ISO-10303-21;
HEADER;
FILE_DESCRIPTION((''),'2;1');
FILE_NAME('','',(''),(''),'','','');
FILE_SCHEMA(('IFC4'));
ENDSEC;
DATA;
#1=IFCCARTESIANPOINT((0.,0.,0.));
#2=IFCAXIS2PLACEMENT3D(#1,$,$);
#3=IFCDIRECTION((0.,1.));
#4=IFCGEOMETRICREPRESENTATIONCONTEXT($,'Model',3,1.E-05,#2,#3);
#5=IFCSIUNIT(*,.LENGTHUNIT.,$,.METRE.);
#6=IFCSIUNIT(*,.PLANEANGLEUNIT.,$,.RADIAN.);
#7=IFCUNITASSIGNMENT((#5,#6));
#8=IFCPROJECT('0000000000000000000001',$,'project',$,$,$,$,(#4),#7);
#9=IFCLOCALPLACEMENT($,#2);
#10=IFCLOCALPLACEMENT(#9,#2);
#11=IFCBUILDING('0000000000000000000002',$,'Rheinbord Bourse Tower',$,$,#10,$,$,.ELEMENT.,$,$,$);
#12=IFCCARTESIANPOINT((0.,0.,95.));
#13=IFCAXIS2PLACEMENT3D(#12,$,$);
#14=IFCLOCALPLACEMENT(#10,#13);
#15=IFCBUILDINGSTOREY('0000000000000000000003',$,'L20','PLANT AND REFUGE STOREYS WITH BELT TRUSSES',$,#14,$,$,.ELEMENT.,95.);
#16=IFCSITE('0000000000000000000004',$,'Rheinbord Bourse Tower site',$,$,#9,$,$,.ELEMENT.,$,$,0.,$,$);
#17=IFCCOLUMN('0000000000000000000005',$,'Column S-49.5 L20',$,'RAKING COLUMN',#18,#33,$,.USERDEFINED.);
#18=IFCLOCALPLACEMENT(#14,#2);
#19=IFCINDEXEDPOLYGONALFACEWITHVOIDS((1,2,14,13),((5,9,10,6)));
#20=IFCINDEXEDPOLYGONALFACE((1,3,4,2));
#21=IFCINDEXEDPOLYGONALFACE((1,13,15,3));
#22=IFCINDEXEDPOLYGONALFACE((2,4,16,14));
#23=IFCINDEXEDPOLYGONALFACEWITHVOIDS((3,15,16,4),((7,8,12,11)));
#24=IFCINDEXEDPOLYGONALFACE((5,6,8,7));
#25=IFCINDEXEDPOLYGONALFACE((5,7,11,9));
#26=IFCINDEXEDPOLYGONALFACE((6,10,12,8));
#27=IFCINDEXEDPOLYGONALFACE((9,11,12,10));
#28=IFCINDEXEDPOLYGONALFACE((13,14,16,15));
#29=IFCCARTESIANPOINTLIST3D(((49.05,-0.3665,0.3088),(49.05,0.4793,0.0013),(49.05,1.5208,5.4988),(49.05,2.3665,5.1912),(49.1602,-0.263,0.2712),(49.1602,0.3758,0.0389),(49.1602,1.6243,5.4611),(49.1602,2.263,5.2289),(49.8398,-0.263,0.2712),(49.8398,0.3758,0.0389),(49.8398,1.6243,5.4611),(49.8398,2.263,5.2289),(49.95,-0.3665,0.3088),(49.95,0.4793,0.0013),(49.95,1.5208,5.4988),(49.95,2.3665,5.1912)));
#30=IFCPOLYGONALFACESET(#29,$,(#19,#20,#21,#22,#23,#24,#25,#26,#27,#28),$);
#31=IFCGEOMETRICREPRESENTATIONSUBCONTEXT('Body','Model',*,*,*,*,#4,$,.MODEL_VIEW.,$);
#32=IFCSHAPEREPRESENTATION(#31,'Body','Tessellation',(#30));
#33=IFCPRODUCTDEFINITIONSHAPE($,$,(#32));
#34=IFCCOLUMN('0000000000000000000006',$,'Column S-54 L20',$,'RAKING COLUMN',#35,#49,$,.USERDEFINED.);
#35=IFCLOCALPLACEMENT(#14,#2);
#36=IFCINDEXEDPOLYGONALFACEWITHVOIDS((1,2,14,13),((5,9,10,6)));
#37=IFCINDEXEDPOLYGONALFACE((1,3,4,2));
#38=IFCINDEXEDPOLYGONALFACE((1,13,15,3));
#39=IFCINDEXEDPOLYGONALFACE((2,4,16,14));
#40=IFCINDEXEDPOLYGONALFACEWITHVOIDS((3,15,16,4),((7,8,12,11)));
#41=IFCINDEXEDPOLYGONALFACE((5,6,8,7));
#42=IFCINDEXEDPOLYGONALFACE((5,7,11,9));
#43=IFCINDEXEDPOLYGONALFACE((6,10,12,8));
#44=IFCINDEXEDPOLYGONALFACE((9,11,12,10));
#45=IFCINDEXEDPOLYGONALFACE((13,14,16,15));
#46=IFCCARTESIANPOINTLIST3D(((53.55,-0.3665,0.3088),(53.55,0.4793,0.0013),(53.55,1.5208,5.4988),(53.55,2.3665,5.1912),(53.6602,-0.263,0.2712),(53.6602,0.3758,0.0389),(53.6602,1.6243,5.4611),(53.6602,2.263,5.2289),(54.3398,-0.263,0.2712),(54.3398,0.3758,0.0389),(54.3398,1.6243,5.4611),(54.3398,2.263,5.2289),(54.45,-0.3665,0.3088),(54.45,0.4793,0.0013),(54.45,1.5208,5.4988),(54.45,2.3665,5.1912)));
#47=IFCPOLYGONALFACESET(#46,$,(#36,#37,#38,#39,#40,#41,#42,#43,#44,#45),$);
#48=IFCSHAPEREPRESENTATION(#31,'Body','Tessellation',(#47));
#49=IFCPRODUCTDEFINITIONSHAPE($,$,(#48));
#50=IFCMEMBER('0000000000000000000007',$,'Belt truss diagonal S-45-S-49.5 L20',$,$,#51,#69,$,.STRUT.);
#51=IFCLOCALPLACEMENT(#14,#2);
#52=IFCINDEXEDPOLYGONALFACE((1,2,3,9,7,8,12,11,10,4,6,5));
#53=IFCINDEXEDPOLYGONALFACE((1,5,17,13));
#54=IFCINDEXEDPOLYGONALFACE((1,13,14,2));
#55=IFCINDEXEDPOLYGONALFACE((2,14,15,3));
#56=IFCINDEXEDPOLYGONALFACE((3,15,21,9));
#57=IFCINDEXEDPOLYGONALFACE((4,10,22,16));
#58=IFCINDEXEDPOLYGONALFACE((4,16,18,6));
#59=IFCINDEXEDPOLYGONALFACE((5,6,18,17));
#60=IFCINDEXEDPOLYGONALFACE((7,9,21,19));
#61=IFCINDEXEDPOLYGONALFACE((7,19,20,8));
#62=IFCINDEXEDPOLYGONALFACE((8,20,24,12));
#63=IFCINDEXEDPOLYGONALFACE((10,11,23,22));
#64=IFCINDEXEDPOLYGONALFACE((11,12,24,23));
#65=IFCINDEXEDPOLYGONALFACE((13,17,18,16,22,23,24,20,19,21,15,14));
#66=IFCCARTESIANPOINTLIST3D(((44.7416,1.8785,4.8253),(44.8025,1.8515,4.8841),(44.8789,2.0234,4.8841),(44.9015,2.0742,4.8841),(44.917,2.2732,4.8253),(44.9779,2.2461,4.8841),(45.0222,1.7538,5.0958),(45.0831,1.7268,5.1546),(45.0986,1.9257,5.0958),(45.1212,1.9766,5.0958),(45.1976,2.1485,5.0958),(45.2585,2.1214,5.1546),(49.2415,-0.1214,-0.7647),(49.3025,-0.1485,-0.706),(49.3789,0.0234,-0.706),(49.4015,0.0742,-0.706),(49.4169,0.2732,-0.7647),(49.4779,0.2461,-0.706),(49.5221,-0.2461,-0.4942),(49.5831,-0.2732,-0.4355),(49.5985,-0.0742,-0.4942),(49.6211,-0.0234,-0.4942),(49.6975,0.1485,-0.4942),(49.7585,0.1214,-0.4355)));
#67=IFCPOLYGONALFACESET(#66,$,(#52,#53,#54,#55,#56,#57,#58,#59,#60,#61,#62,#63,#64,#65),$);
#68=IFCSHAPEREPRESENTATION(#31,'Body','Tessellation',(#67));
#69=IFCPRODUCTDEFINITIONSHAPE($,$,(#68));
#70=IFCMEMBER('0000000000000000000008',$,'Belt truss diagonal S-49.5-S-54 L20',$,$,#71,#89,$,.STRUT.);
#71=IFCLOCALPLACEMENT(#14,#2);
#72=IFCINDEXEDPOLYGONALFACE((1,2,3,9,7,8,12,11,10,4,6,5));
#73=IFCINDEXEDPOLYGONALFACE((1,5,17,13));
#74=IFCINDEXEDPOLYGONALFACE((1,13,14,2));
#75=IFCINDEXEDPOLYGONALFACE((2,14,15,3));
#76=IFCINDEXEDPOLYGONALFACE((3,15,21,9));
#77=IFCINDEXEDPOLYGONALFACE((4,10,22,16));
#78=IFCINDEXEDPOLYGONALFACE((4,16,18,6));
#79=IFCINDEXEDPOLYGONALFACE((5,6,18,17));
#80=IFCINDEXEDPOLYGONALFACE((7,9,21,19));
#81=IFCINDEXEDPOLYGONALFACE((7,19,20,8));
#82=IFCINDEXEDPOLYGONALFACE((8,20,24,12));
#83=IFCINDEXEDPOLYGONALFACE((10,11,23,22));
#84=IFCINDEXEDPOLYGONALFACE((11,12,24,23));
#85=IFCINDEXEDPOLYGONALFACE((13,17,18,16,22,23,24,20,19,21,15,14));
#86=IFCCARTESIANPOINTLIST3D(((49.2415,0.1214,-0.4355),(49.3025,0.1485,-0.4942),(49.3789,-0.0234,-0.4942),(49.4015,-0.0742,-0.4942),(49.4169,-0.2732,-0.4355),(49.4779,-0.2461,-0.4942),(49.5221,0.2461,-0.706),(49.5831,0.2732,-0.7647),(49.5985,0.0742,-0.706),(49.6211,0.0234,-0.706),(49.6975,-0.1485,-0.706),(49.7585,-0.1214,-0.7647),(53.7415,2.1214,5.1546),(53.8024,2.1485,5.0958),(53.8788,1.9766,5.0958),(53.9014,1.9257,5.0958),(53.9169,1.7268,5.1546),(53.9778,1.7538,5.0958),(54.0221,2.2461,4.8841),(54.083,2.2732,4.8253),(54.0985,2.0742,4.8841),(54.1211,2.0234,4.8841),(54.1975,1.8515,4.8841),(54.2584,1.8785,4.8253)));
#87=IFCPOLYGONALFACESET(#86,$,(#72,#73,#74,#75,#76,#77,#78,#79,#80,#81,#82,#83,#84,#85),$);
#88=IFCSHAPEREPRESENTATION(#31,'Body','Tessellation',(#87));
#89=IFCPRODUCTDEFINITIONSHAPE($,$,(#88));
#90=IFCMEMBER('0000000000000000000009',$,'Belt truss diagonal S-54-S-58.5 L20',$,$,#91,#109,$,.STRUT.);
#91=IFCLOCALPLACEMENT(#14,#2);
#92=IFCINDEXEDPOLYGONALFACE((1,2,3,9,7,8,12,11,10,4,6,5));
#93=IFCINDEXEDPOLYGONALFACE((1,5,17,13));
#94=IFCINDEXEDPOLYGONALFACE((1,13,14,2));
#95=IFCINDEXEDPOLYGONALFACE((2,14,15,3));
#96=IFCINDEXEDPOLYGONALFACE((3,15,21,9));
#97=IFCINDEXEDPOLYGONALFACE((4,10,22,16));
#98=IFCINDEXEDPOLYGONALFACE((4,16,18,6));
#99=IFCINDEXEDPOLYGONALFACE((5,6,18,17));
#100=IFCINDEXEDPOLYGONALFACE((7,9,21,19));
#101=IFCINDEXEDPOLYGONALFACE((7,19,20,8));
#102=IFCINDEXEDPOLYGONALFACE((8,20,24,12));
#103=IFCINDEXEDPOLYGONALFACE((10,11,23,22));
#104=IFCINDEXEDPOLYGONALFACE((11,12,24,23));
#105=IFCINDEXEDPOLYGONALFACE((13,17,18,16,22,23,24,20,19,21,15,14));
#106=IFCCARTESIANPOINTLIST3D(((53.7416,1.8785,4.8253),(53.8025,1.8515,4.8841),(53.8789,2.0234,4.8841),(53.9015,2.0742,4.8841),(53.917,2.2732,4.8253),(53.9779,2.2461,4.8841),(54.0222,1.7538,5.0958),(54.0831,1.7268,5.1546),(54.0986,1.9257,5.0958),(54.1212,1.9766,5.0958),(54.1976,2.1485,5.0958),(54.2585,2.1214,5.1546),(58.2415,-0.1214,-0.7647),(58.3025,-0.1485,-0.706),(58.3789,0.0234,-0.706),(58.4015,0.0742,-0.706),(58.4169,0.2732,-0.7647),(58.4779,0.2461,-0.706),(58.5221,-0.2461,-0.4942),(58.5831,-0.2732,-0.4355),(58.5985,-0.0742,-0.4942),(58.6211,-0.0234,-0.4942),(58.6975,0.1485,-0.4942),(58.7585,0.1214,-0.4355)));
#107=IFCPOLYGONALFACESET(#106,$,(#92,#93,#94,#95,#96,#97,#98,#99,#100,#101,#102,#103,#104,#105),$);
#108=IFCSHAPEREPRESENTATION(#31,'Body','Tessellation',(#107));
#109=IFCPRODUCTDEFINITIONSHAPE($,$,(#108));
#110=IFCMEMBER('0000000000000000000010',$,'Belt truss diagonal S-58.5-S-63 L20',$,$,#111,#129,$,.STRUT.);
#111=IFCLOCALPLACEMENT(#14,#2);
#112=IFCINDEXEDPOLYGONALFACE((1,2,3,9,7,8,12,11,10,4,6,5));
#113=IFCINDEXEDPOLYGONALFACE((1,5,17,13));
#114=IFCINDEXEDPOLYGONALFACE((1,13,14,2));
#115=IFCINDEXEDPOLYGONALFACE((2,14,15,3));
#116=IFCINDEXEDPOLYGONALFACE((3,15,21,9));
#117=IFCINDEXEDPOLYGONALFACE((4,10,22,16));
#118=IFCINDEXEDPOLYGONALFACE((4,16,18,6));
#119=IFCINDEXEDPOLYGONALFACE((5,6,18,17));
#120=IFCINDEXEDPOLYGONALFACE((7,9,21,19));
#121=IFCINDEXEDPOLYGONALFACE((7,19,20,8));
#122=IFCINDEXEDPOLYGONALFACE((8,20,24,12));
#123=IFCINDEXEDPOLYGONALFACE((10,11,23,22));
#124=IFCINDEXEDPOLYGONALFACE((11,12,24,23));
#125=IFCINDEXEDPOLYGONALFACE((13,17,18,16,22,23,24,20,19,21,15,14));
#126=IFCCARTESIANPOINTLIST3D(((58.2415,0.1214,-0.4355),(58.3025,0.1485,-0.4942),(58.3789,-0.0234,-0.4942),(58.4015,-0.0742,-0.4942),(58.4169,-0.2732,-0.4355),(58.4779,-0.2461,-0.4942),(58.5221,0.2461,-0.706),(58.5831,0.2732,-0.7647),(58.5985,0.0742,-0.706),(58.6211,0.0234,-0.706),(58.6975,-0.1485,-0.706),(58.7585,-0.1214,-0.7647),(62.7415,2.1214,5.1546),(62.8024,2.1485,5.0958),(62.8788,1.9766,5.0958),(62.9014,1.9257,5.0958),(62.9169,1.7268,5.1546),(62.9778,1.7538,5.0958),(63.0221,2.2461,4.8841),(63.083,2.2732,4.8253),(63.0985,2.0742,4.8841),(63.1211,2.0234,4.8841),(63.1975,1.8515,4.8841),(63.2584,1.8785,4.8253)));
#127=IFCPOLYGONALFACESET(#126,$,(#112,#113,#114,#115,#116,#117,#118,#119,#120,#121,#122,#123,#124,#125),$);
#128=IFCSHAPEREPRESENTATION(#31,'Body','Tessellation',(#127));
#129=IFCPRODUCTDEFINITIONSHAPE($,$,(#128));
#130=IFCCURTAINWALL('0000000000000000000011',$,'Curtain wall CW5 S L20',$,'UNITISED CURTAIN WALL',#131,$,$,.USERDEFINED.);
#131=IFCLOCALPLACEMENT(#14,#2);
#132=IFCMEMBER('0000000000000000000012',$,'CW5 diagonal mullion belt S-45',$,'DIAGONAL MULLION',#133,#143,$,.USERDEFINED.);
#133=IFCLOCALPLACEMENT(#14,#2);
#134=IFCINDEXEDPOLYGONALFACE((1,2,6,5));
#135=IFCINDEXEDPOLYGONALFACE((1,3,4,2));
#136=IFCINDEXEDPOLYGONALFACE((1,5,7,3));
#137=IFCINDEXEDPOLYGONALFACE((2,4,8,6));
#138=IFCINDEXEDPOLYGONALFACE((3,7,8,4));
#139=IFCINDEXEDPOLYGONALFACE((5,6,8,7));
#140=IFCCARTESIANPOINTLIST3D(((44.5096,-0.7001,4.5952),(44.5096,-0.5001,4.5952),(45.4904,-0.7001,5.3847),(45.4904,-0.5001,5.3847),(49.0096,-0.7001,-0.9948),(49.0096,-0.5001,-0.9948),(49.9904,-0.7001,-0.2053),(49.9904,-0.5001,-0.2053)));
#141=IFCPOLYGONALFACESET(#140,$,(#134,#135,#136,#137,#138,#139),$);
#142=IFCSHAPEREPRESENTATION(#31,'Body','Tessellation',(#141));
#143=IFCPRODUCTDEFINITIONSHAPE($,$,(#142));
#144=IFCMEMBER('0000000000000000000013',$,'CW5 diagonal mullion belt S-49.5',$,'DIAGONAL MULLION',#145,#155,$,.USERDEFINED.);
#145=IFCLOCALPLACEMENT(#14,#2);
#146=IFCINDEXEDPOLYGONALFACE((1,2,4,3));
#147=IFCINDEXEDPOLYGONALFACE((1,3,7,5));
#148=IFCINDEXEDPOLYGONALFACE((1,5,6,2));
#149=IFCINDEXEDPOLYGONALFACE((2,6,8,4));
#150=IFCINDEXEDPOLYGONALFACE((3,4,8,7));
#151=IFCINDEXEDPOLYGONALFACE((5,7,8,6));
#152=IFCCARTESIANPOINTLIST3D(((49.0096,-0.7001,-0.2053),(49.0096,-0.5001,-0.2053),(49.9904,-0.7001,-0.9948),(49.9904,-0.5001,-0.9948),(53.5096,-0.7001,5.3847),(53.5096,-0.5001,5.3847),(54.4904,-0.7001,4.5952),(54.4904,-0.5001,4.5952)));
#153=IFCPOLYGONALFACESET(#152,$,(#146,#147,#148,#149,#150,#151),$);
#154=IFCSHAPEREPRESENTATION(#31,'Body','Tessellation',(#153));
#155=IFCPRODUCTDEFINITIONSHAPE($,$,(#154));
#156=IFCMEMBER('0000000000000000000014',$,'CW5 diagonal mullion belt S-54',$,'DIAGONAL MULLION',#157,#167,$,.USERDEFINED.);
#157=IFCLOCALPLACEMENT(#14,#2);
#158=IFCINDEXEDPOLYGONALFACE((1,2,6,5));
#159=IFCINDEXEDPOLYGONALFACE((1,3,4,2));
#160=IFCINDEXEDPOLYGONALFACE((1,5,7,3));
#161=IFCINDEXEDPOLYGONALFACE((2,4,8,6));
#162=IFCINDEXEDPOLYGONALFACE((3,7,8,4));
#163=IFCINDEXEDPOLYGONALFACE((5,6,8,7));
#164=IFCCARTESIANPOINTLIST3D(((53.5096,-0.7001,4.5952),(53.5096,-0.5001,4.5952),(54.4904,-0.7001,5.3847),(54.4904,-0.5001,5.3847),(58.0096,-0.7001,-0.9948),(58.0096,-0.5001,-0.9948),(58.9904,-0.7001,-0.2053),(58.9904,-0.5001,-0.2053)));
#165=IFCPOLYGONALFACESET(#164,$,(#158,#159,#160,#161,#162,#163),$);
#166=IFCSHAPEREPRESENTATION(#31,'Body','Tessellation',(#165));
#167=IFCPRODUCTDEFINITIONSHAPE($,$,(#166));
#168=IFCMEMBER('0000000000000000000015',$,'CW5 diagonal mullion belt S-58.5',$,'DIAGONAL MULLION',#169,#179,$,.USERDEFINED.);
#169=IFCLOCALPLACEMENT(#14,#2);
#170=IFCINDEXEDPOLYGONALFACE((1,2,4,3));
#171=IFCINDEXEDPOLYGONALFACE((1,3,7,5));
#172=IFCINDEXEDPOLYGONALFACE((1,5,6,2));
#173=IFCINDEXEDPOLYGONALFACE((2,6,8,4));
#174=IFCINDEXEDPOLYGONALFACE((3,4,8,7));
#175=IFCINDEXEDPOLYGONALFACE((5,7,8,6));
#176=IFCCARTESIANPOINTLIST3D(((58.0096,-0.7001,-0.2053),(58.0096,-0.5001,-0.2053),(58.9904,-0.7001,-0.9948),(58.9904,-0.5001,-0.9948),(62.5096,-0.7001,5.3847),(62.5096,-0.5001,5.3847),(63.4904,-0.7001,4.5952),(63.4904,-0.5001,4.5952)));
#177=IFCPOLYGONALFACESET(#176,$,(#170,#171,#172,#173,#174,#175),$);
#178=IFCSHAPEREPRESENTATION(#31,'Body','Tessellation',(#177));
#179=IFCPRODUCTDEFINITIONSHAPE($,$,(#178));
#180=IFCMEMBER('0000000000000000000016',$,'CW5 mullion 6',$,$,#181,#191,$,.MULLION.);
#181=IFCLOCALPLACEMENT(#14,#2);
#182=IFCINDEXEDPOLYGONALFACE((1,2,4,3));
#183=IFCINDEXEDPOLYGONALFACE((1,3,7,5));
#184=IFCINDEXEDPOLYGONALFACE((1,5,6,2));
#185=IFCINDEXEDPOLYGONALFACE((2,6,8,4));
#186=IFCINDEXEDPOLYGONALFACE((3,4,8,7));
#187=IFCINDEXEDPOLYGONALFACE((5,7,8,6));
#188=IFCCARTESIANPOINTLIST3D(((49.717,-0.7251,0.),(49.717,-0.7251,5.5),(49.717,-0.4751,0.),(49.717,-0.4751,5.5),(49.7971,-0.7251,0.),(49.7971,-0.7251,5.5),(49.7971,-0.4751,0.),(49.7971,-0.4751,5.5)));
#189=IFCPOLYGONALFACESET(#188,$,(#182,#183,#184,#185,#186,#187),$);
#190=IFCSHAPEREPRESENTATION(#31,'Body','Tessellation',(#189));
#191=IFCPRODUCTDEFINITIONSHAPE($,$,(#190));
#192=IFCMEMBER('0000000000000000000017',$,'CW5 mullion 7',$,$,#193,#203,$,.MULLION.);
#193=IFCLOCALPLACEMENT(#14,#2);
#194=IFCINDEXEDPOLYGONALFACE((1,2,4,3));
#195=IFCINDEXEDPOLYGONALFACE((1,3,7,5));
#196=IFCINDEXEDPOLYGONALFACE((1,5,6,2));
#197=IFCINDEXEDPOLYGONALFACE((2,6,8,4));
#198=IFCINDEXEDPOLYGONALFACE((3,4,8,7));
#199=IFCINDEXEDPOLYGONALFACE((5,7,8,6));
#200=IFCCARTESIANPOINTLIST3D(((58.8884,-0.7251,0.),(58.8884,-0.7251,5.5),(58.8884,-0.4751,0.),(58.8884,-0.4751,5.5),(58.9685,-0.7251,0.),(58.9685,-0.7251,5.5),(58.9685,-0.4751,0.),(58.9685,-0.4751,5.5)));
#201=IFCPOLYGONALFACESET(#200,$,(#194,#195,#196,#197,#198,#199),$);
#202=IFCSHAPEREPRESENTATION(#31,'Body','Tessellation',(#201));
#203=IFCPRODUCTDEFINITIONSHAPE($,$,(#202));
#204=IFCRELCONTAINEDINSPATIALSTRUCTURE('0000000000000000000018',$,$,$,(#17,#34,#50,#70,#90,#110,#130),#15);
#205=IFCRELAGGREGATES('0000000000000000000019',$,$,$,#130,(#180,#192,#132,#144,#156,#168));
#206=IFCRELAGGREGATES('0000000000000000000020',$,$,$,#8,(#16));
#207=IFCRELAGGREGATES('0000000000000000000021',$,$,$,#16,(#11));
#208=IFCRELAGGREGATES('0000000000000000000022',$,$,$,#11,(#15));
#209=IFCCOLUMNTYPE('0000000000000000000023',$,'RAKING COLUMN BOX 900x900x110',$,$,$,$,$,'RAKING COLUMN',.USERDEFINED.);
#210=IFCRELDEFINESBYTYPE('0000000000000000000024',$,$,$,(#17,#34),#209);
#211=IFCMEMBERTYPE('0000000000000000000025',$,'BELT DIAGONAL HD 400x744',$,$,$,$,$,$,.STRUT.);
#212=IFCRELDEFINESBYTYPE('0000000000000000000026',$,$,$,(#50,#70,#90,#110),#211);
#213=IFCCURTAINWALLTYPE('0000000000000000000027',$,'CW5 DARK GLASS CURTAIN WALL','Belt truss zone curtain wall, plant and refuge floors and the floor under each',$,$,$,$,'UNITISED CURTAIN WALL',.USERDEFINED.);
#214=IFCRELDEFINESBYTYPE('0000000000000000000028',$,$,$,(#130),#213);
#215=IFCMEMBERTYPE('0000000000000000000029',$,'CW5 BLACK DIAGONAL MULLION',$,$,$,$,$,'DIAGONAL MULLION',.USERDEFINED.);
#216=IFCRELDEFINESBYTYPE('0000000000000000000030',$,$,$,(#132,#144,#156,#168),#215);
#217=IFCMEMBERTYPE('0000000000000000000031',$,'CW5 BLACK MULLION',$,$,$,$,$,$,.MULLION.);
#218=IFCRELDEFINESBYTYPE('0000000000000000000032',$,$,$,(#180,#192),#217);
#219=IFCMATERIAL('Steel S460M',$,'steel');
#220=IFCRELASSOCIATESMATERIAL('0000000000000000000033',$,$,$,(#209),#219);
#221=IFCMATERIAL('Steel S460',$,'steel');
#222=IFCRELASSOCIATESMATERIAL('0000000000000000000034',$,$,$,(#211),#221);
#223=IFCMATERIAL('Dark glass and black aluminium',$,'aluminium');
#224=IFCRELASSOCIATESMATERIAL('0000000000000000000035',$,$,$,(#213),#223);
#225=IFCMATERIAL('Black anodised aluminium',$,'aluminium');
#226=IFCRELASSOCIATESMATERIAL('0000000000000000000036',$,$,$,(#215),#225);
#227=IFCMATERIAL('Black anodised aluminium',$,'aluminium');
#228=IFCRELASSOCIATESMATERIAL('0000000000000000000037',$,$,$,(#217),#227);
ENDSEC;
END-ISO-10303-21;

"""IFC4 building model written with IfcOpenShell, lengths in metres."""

from ifc_helpers import new_model, si_unit, direction, frame, origin, origin_2d, place, context, subcontext, project, spatial, rectangle, hollow_rectangle, i_section, extrude, material, material_profile, profile_set, type_object, element, aggregate, save


model = new_model("IFC4")

# Units and contexts
model_context = context("Model", 3, precision=1e-05, world=origin(), true_north=direction((0.0, 1.0)))
body_context = subcontext(model_context, "Body", "Model", "MODEL_VIEW")
ifc_project = project(units=[si_unit("LENGTHUNIT", "METRE"), si_unit("PLANEANGLEUNIT", "RADIAN")], contexts=[model_context])

# Site, building, storey
site_placement = place(None, origin())
site = spatial("IfcSite", under=ifc_project, at=site_placement, Name="Rheinbord Bourse Tower site", CompositionType="ELEMENT", RefElevation=0.0)
building_placement = place(site_placement, origin())
building = spatial("IfcBuilding", under=site, at=building_placement, Name="Rheinbord Bourse Tower", CompositionType="ELEMENT")
storey_placement = place(building_placement, frame((0.0, 0.0, 95.0)))
storey = spatial("IfcBuildingStorey", under=building, at=storey_placement, Name="L20", Description="PLANT AND REFUGE STOREYS WITH BELT TRUSSES", CompositionType="ELEMENT", Elevation=95.0)

# Columns
ifc_material_1 = material(Name="Steel S460M", Category="steel")
ifc_material_profile_1 = material_profile(ifc_material_1, hollow_rectangle(XDim=0.8999, YDim=0.8999, WallThickness=0.1101, at=origin_2d()), Name="BOX 900x900x110")
ifc_profile_set_1 = profile_set([ifc_material_profile_1], Name="Steel S460M")
column_type = type_object("IfcColumnType", Name="RAKING COLUMN BOX 900x900x110", ElementType="RAKING COLUMN", PredefinedType="USERDEFINED", material=ifc_profile_set_1)
for number, where, z_axis, x_axis, name in (
    (1, (49.5, 0.0564, 0.155), (0.0, 0.341743, 0.939793), (0.0, -0.939793, 0.341743), "Column S-49.5 L20"),
    (2, (54.0, 0.0564, 0.155), (0.0, 0.341743, 0.939793), (0.0, -0.939793, 0.341743), "Column S-54 L20"),
):
    element("IfcColumn", number, at=place(storey_placement, frame(where, z_axis=z_axis, x_axis=x_axis)), inside=storey, type_object=column_type, Name=name, ObjectType="RAKING COLUMN", PredefinedType="USERDEFINED", context=body_context, shape_type="SweptSolid", body=[
        extrude(hollow_rectangle(XDim=0.8999, YDim=0.8999, WallThickness=0.1101, at=origin_2d()), origin(), (0.0, 0.0, 1.0), 5.5225),
    ])

# Members
ifc_material_2 = material(Name="Steel S460", Category="steel")
ifc_material_profile_2 = material_profile(ifc_material_2, i_section(OverallWidth=0.4319, OverallDepth=0.498, WebThickness=0.0557, FlangeThickness=0.0889, at=origin_2d()), Name="HD 400x744")
ifc_profile_set_2 = profile_set([ifc_material_profile_2], Name="Steel S460")
member_type_1 = type_object("IfcMemberType", Name="BELT DIAGONAL HD 400x744", PredefinedType="STRUT", material=ifc_profile_set_2)
for number, where, z_axis, x_axis, name in (
    (3, (49.5, 0.0, -0.6001), (-0.604045, 0.268465, 0.75037), (-0.406138, -0.913812, 0.0), "Belt truss diagonal S-45-S-49.5 L20"),
    (4, (49.5, 0.0, -0.6001), (0.604045, 0.268465, 0.75037), (-0.406138, 0.913812, 0.0), "Belt truss diagonal S-49.5-S-54 L20"),
    (5, (58.5, 0.0, -0.6001), (-0.604045, 0.268465, 0.75037), (-0.406138, -0.913812, 0.0), "Belt truss diagonal S-54-S-58.5 L20"),
    (6, (58.5, 0.0, -0.6001), (0.604045, 0.268465, 0.75037), (-0.406138, 0.913812, 0.0), "Belt truss diagonal S-58.5-S-63 L20"),
):
    element("IfcMember", number, at=place(storey_placement, frame(where, z_axis=z_axis, x_axis=x_axis)), inside=storey, type_object=member_type_1, Name=name, PredefinedType="STRUT", context=body_context, shape_type="SweptSolid", body=[
        extrude(i_section(OverallWidth=0.4319, OverallDepth=0.498, WebThickness=0.0557, FlangeThickness=0.0889, at=origin_2d()), origin(), (0.0, 0.0, 1.0), 7.4497),
    ])

# Curtain wall, members
ifc_material_3 = material(Name="Dark glass and black aluminium", Category="aluminium")
curtain_wall_type = type_object("IfcCurtainWallType", Name="CW5 DARK GLASS CURTAIN WALL", Description="Belt truss zone curtain wall, plant and refuge floors and the floor under each", ElementType="UNITISED CURTAIN WALL", PredefinedType="USERDEFINED", material=ifc_material_3)
curtain_wall_placement = place(storey_placement, origin())
curtain_wall = element("IfcCurtainWall", 7, at=curtain_wall_placement, inside=storey, type_object=curtain_wall_type, Name="Curtain wall CW5 S L20", ObjectType="UNITISED CURTAIN WALL", PredefinedType="USERDEFINED")
ifc_material_4 = material(Name="Black anodised aluminium", Category="aluminium")
ifc_material_profile_3 = material_profile(ifc_material_4, rectangle(XDim=0.2, YDim=1.259, at=origin_2d()), Name="CW5 DIAGONAL MULLION 1259x200")
ifc_profile_set_3 = profile_set([ifc_material_profile_3], Name="Black anodised aluminium")
member_type_2 = type_object("IfcMemberType", Name="CW5 BLACK DIAGONAL MULLION", ElementType="DIAGONAL MULLION", PredefinedType="USERDEFINED", material=ifc_profile_set_3)
member_1_placement = place(storey_placement, frame((49.5, -0.6001, -0.6001), z_axis=(-0.627065, 0.0, 0.778967), x_axis=(0.0, -1.0, 0.0)))
member_1 = element("IfcMember", 8, at=member_1_placement, type_object=member_type_2, Name="CW5 diagonal mullion belt S-45", ObjectType="DIAGONAL MULLION", PredefinedType="USERDEFINED", context=body_context, shape_type="SweptSolid", body=[
    extrude(rectangle(XDim=0.2, YDim=1.259, at=origin_2d()), origin(), (0.0, 0.0, 1.0), 7.1763),
])
member_2_placement = place(storey_placement, frame((49.5, -0.6001, -0.6001), z_axis=(0.627065, 0.0, 0.778967), x_axis=(0.0, 1.0, 0.0)))
member_2 = element("IfcMember", 9, at=member_2_placement, type_object=member_type_2, Name="CW5 diagonal mullion belt S-49.5", ObjectType="DIAGONAL MULLION", PredefinedType="USERDEFINED", context=body_context, shape_type="SweptSolid", body=[
    extrude(rectangle(XDim=0.2, YDim=1.259, at=origin_2d()), origin(), (0.0, 0.0, 1.0), 7.1763),
])
member_3_placement = place(storey_placement, frame((58.5, -0.6001, -0.6001), z_axis=(-0.627065, 0.0, 0.778967), x_axis=(0.0, -1.0, 0.0)))
member_3 = element("IfcMember", 10, at=member_3_placement, type_object=member_type_2, Name="CW5 diagonal mullion belt S-54", ObjectType="DIAGONAL MULLION", PredefinedType="USERDEFINED", context=body_context, shape_type="SweptSolid", body=[
    extrude(rectangle(XDim=0.2, YDim=1.259, at=origin_2d()), origin(), (0.0, 0.0, 1.0), 7.1763),
])
member_4_placement = place(storey_placement, frame((58.5, -0.6001, -0.6001), z_axis=(0.627065, 0.0, 0.778967), x_axis=(0.0, 1.0, 0.0)))
member_4 = element("IfcMember", 11, at=member_4_placement, type_object=member_type_2, Name="CW5 diagonal mullion belt S-58.5", ObjectType="DIAGONAL MULLION", PredefinedType="USERDEFINED", context=body_context, shape_type="SweptSolid", body=[
    extrude(rectangle(XDim=0.2, YDim=1.259, at=origin_2d()), origin(), (0.0, 0.0, 1.0), 7.1763),
])
ifc_material_5 = material(Name="Black anodised aluminium", Category="aluminium")
ifc_material_profile_4 = material_profile(ifc_material_5, rectangle(XDim=0.25, YDim=0.0801, at=origin_2d()), Name="CW5 MULLION 80x250")
ifc_profile_set_4 = profile_set([ifc_material_profile_4], Name="Black anodised aluminium")
member_type_3 = type_object("IfcMemberType", Name="CW5 BLACK MULLION", PredefinedType="MULLION", material=ifc_profile_set_4)
member_5_placement = place(storey_placement, frame((49.7571, -0.6001, 0.0), z_axis=(0.0, 0.0, 1.0), x_axis=(0.0, 1.0, 0.0)))
member_5 = element("IfcMember", 12, at=member_5_placement, type_object=member_type_3, Name="CW5 mullion 6", PredefinedType="MULLION", context=body_context, shape_type="SweptSolid", body=[
    extrude(rectangle(XDim=0.25, YDim=0.0801, at=origin_2d()), origin(), (0.0, 0.0, 1.0), 5.5),
])
member_6_placement = place(storey_placement, frame((58.9285, -0.6001, 0.0), z_axis=(0.0, 0.0, 1.0), x_axis=(0.0, 1.0, 0.0)))
member_6 = element("IfcMember", 13, at=member_6_placement, type_object=member_type_3, Name="CW5 mullion 7", PredefinedType="MULLION", context=body_context, shape_type="SweptSolid", body=[
    extrude(rectangle(XDim=0.25, YDim=0.0801, at=origin_2d()), origin(), (0.0, 0.0, 1.0), 5.5),
])

aggregate(curtain_wall, [member_5, member_6, member_1, member_2, member_3, member_4])

save(model, "model.ifc")
